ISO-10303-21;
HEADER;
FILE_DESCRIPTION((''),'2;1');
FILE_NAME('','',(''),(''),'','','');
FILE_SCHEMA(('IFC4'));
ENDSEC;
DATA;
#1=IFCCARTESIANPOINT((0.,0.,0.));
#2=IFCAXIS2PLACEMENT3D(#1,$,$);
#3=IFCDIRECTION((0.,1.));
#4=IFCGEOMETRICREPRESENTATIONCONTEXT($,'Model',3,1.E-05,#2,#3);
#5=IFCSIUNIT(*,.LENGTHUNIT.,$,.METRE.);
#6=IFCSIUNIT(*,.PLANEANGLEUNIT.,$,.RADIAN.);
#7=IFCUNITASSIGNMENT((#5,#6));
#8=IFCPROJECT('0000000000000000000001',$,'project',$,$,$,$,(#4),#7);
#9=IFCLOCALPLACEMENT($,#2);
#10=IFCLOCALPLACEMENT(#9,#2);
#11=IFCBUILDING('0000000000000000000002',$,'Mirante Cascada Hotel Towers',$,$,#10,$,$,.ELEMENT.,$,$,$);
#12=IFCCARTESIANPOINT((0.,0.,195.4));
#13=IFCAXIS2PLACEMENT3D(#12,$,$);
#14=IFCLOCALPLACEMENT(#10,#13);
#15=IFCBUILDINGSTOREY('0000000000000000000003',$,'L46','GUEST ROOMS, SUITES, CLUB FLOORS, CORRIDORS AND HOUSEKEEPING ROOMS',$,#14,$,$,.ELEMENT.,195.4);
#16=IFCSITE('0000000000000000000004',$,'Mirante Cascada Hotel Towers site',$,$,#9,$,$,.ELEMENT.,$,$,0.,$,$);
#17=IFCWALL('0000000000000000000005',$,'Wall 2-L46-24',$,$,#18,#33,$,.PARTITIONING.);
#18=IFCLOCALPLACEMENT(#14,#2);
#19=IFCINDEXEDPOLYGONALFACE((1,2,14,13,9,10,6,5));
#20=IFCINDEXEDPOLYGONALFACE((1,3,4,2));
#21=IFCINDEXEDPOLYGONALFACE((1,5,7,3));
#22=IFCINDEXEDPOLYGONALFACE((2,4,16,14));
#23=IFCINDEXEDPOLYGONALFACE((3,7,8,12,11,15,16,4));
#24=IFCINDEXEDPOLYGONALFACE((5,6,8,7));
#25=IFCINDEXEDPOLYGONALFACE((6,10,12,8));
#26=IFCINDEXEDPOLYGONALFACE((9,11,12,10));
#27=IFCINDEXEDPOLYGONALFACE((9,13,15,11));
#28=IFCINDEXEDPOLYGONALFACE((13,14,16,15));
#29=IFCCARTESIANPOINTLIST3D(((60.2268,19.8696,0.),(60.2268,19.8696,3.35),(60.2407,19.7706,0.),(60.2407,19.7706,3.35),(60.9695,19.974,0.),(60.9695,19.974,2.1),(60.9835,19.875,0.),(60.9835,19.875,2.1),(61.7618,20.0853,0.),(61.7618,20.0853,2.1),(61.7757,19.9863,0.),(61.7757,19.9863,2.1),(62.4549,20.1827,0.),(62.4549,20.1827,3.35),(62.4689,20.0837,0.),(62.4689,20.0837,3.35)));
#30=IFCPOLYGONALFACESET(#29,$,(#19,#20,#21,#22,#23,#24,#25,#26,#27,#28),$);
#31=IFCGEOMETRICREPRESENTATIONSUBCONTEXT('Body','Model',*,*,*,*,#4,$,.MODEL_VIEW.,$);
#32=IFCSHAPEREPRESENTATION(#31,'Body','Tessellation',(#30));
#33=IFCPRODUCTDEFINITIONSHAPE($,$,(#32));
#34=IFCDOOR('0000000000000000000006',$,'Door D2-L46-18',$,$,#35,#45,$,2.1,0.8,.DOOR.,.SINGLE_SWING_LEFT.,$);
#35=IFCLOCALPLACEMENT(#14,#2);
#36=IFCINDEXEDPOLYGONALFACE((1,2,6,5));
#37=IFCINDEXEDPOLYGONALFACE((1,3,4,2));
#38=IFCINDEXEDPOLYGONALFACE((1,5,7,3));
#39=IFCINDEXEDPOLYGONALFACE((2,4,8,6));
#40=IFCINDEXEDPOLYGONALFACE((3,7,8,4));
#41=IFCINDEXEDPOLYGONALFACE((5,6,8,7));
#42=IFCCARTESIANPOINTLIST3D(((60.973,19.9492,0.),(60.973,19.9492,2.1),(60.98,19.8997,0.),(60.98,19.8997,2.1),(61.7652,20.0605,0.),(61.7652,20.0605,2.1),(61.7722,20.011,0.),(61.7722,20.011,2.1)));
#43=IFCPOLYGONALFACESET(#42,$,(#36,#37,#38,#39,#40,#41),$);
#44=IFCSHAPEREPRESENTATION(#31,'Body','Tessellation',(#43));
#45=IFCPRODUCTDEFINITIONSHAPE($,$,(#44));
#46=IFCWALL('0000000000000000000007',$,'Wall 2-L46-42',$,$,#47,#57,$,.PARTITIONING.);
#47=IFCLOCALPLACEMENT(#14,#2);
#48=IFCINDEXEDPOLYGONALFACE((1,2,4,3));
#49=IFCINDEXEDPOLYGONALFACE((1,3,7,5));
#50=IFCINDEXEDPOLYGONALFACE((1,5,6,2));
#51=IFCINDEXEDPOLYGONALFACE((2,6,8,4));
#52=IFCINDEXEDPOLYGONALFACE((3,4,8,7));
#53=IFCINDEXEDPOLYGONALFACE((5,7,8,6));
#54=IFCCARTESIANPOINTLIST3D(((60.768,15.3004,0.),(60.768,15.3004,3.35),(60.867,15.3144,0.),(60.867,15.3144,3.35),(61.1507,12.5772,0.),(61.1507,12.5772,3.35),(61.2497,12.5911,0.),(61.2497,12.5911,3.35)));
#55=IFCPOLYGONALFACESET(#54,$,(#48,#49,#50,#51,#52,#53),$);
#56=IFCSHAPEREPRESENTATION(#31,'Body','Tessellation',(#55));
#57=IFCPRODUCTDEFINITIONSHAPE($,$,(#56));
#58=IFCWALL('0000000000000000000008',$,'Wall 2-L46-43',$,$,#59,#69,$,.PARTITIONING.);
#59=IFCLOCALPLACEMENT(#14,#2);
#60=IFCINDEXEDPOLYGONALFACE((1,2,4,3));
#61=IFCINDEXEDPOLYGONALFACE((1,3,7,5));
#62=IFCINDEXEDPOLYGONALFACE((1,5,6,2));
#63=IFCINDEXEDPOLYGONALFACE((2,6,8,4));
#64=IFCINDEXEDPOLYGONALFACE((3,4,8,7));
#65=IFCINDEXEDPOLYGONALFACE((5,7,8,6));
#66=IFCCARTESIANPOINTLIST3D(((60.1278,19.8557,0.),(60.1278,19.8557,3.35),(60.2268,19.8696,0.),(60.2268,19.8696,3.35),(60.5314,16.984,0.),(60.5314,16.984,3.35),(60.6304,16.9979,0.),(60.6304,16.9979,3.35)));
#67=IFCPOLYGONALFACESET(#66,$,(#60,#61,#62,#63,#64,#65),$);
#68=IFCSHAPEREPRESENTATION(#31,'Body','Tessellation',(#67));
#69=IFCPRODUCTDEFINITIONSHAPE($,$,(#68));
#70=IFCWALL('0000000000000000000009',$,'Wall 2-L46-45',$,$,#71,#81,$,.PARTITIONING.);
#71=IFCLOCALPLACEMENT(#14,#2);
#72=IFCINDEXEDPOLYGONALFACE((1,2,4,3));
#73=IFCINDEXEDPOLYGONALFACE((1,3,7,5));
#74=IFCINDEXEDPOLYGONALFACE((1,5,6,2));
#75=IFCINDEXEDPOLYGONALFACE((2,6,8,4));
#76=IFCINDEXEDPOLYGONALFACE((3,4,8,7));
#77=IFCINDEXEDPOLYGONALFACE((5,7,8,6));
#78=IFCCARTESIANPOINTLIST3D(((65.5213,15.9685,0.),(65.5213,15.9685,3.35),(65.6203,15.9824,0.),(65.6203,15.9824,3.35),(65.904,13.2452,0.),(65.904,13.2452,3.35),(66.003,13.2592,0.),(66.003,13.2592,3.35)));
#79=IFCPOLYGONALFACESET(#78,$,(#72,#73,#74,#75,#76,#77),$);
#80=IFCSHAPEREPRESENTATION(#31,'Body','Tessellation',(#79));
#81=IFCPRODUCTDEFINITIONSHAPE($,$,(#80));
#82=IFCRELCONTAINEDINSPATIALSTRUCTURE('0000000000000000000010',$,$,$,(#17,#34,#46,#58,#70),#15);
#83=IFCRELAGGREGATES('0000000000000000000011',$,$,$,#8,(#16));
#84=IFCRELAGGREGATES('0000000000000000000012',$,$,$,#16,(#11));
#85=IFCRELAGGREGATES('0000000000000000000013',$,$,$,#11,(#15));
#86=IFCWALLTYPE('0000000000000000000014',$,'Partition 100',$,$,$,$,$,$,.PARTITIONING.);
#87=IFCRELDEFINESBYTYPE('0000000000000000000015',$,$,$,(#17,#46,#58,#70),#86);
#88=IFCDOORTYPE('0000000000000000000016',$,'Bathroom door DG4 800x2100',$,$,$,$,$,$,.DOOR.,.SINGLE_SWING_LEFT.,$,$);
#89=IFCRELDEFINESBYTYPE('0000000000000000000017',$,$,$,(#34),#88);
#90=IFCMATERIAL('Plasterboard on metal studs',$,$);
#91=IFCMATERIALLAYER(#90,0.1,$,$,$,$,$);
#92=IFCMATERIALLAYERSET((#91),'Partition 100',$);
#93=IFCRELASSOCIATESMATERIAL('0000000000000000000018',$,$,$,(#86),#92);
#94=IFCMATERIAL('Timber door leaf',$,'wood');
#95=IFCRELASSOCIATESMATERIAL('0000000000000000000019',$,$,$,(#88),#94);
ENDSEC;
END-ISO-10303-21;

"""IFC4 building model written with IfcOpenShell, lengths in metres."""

from ifc_helpers import new_model, si_unit, direction, frame, frame_2d, origin, place, context, subcontext, project, spatial, rectangle, extrude, material, layer, layer_set, type_object, element, fill, save


model = new_model("IFC4")

# Units and contexts
model_context = context("Model", 3, precision=1e-05, world=origin(), true_north=direction((0.0, 1.0)))
body_context = subcontext(model_context, "Body", "Model", "MODEL_VIEW")
ifc_project = project(units=[si_unit("LENGTHUNIT", "METRE"), si_unit("PLANEANGLEUNIT", "RADIAN")], contexts=[model_context])

# Site, building, storey
site_placement = place(None, origin())
site = spatial("IfcSite", under=ifc_project, at=site_placement, Name="Mirante Cascada Hotel Towers site", CompositionType="ELEMENT", RefElevation=0.0)
building_placement = place(site_placement, origin())
building = spatial("IfcBuilding", under=site, at=building_placement, Name="Mirante Cascada Hotel Towers", CompositionType="ELEMENT")
storey_placement = place(building_placement, frame((0.0, 0.0, 195.4)))
storey = spatial("IfcBuildingStorey", under=building, at=storey_placement, Name="L46", Description="GUEST ROOMS, SUITES, CLUB FLOORS, CORRIDORS AND HOUSEKEEPING ROOMS", CompositionType="ELEMENT", Elevation=195.4)

# Shared definitions
ifc_material_1 = material(Name="Plasterboard on metal studs")
ifc_layer_1 = layer(ifc_material_1, 0.1)
ifc_layer_set_1 = layer_set([ifc_layer_1], Name="Partition 100")
wall_type_1 = type_object("IfcWallType", Name="Partition 100", PredefinedType="PARTITIONING", material=ifc_layer_set_1)
ifc_material_2 = material(Name="Timber door leaf", Category="wood")
door_type = type_object("IfcDoorType", Name="Bathroom door DG4 800x2100", OperationType="SINGLE_SWING_LEFT", PredefinedType="DOOR", material=ifc_material_2)

# Wall, opening, door
wall_1_placement = place(storey_placement, frame((62.4619, 20.1332, 0.0), z_axis=(0.0, 0.0, 1.0), x_axis=(-0.990271, -0.139156, 0.0)))
wall_1 = element("IfcWall", 1, at=wall_1_placement, inside=storey, type_object=wall_type_1, Name="Wall 2-L46-24", PredefinedType="PARTITIONING", context=body_context, shape_type="SweptSolid", body=[
    extrude(rectangle(XDim=2.25, YDim=0.1, at=frame_2d((1.125, 0.0))), origin(), (0.0, 0.0, 1.0), 3.35),
])
opening_1_placement = place(wall_1_placement, frame((0.7, 0.0, 0.0)))
opening_1 = element("IfcOpeningElement", 2, at=opening_1_placement, cuts=wall_1, PredefinedType="OPENING", context=body_context, shape_type="SweptSolid", body=[
    extrude(rectangle(XDim=0.8, YDim=2.1, at=frame_2d((0.4, 1.05))), frame((0.0, 0.05, 0.0), z_axis=(0.0, -1.0, 0.0), x_axis=(1.0, 0.0, 0.0)), (0.0, 0.0, 1.0), 0.1),
])
door_1_placement = place(opening_1_placement, origin())
door_1 = element("IfcDoor", 3, at=door_1_placement, inside=storey, type_object=door_type, Name="Door D2-L46-18", OperationType="SINGLE_SWING_LEFT", OverallHeight=2.1, OverallWidth=0.8, PredefinedType="DOOR", context=body_context, shape_type="SweptSolid", body=[
    extrude(rectangle(XDim=0.8, YDim=2.1, at=frame_2d((0.4, 1.05))), frame((0.0, 0.025, 0.0), z_axis=(0.0, -1.0, 0.0), x_axis=(1.0, 0.0, 0.0)), (0.0, 0.0, 1.0), 0.05),
])
fill(opening_1, door_1)

# Walls
wall_2_placement = place(storey_placement, frame((60.8175, 15.3074, 0.0), z_axis=(0.0, 0.0, 1.0), x_axis=(0.139166, -0.990269, 0.0)))
element("IfcWall", 4, at=wall_2_placement, inside=storey, type_object=wall_type_1, Name="Wall 2-L46-42", PredefinedType="PARTITIONING", context=body_context, shape_type="SweptSolid", body=[
    extrude(rectangle(XDim=2.75, YDim=0.1, at=frame_2d((1.375, 0.0))), origin(), (0.0, 0.0, 1.0), 3.35),
])
wall_3_placement = place(storey_placement, frame((60.5809, 16.9909, 0.0), z_axis=(0.0, 0.0, 1.0), x_axis=(-0.139176, 0.990268, 0.0)))
element("IfcWall", 5, at=wall_3_placement, inside=storey, type_object=wall_type_1, Name="Wall 2-L46-43", PredefinedType="PARTITIONING", context=body_context, shape_type="SweptSolid", body=[
    extrude(rectangle(XDim=2.8999, YDim=0.1, at=frame_2d((1.45, 0.0))), origin(), (0.0, 0.0, 1.0), 3.35),
])
wall_4_placement = place(storey_placement, frame((65.9535, 13.2522, 0.0), z_axis=(0.0, 0.0, 1.0), x_axis=(-0.139166, 0.990269, 0.0)))
element("IfcWall", 6, at=wall_4_placement, inside=storey, type_object=wall_type_1, Name="Wall 2-L46-45", PredefinedType="PARTITIONING", context=body_context, shape_type="SweptSolid", body=[
    extrude(rectangle(XDim=2.75, YDim=0.1, at=frame_2d((1.375, 0.0))), origin(), (0.0, 0.0, 1.0), 3.35),
])

save(model, "model.ifc")
